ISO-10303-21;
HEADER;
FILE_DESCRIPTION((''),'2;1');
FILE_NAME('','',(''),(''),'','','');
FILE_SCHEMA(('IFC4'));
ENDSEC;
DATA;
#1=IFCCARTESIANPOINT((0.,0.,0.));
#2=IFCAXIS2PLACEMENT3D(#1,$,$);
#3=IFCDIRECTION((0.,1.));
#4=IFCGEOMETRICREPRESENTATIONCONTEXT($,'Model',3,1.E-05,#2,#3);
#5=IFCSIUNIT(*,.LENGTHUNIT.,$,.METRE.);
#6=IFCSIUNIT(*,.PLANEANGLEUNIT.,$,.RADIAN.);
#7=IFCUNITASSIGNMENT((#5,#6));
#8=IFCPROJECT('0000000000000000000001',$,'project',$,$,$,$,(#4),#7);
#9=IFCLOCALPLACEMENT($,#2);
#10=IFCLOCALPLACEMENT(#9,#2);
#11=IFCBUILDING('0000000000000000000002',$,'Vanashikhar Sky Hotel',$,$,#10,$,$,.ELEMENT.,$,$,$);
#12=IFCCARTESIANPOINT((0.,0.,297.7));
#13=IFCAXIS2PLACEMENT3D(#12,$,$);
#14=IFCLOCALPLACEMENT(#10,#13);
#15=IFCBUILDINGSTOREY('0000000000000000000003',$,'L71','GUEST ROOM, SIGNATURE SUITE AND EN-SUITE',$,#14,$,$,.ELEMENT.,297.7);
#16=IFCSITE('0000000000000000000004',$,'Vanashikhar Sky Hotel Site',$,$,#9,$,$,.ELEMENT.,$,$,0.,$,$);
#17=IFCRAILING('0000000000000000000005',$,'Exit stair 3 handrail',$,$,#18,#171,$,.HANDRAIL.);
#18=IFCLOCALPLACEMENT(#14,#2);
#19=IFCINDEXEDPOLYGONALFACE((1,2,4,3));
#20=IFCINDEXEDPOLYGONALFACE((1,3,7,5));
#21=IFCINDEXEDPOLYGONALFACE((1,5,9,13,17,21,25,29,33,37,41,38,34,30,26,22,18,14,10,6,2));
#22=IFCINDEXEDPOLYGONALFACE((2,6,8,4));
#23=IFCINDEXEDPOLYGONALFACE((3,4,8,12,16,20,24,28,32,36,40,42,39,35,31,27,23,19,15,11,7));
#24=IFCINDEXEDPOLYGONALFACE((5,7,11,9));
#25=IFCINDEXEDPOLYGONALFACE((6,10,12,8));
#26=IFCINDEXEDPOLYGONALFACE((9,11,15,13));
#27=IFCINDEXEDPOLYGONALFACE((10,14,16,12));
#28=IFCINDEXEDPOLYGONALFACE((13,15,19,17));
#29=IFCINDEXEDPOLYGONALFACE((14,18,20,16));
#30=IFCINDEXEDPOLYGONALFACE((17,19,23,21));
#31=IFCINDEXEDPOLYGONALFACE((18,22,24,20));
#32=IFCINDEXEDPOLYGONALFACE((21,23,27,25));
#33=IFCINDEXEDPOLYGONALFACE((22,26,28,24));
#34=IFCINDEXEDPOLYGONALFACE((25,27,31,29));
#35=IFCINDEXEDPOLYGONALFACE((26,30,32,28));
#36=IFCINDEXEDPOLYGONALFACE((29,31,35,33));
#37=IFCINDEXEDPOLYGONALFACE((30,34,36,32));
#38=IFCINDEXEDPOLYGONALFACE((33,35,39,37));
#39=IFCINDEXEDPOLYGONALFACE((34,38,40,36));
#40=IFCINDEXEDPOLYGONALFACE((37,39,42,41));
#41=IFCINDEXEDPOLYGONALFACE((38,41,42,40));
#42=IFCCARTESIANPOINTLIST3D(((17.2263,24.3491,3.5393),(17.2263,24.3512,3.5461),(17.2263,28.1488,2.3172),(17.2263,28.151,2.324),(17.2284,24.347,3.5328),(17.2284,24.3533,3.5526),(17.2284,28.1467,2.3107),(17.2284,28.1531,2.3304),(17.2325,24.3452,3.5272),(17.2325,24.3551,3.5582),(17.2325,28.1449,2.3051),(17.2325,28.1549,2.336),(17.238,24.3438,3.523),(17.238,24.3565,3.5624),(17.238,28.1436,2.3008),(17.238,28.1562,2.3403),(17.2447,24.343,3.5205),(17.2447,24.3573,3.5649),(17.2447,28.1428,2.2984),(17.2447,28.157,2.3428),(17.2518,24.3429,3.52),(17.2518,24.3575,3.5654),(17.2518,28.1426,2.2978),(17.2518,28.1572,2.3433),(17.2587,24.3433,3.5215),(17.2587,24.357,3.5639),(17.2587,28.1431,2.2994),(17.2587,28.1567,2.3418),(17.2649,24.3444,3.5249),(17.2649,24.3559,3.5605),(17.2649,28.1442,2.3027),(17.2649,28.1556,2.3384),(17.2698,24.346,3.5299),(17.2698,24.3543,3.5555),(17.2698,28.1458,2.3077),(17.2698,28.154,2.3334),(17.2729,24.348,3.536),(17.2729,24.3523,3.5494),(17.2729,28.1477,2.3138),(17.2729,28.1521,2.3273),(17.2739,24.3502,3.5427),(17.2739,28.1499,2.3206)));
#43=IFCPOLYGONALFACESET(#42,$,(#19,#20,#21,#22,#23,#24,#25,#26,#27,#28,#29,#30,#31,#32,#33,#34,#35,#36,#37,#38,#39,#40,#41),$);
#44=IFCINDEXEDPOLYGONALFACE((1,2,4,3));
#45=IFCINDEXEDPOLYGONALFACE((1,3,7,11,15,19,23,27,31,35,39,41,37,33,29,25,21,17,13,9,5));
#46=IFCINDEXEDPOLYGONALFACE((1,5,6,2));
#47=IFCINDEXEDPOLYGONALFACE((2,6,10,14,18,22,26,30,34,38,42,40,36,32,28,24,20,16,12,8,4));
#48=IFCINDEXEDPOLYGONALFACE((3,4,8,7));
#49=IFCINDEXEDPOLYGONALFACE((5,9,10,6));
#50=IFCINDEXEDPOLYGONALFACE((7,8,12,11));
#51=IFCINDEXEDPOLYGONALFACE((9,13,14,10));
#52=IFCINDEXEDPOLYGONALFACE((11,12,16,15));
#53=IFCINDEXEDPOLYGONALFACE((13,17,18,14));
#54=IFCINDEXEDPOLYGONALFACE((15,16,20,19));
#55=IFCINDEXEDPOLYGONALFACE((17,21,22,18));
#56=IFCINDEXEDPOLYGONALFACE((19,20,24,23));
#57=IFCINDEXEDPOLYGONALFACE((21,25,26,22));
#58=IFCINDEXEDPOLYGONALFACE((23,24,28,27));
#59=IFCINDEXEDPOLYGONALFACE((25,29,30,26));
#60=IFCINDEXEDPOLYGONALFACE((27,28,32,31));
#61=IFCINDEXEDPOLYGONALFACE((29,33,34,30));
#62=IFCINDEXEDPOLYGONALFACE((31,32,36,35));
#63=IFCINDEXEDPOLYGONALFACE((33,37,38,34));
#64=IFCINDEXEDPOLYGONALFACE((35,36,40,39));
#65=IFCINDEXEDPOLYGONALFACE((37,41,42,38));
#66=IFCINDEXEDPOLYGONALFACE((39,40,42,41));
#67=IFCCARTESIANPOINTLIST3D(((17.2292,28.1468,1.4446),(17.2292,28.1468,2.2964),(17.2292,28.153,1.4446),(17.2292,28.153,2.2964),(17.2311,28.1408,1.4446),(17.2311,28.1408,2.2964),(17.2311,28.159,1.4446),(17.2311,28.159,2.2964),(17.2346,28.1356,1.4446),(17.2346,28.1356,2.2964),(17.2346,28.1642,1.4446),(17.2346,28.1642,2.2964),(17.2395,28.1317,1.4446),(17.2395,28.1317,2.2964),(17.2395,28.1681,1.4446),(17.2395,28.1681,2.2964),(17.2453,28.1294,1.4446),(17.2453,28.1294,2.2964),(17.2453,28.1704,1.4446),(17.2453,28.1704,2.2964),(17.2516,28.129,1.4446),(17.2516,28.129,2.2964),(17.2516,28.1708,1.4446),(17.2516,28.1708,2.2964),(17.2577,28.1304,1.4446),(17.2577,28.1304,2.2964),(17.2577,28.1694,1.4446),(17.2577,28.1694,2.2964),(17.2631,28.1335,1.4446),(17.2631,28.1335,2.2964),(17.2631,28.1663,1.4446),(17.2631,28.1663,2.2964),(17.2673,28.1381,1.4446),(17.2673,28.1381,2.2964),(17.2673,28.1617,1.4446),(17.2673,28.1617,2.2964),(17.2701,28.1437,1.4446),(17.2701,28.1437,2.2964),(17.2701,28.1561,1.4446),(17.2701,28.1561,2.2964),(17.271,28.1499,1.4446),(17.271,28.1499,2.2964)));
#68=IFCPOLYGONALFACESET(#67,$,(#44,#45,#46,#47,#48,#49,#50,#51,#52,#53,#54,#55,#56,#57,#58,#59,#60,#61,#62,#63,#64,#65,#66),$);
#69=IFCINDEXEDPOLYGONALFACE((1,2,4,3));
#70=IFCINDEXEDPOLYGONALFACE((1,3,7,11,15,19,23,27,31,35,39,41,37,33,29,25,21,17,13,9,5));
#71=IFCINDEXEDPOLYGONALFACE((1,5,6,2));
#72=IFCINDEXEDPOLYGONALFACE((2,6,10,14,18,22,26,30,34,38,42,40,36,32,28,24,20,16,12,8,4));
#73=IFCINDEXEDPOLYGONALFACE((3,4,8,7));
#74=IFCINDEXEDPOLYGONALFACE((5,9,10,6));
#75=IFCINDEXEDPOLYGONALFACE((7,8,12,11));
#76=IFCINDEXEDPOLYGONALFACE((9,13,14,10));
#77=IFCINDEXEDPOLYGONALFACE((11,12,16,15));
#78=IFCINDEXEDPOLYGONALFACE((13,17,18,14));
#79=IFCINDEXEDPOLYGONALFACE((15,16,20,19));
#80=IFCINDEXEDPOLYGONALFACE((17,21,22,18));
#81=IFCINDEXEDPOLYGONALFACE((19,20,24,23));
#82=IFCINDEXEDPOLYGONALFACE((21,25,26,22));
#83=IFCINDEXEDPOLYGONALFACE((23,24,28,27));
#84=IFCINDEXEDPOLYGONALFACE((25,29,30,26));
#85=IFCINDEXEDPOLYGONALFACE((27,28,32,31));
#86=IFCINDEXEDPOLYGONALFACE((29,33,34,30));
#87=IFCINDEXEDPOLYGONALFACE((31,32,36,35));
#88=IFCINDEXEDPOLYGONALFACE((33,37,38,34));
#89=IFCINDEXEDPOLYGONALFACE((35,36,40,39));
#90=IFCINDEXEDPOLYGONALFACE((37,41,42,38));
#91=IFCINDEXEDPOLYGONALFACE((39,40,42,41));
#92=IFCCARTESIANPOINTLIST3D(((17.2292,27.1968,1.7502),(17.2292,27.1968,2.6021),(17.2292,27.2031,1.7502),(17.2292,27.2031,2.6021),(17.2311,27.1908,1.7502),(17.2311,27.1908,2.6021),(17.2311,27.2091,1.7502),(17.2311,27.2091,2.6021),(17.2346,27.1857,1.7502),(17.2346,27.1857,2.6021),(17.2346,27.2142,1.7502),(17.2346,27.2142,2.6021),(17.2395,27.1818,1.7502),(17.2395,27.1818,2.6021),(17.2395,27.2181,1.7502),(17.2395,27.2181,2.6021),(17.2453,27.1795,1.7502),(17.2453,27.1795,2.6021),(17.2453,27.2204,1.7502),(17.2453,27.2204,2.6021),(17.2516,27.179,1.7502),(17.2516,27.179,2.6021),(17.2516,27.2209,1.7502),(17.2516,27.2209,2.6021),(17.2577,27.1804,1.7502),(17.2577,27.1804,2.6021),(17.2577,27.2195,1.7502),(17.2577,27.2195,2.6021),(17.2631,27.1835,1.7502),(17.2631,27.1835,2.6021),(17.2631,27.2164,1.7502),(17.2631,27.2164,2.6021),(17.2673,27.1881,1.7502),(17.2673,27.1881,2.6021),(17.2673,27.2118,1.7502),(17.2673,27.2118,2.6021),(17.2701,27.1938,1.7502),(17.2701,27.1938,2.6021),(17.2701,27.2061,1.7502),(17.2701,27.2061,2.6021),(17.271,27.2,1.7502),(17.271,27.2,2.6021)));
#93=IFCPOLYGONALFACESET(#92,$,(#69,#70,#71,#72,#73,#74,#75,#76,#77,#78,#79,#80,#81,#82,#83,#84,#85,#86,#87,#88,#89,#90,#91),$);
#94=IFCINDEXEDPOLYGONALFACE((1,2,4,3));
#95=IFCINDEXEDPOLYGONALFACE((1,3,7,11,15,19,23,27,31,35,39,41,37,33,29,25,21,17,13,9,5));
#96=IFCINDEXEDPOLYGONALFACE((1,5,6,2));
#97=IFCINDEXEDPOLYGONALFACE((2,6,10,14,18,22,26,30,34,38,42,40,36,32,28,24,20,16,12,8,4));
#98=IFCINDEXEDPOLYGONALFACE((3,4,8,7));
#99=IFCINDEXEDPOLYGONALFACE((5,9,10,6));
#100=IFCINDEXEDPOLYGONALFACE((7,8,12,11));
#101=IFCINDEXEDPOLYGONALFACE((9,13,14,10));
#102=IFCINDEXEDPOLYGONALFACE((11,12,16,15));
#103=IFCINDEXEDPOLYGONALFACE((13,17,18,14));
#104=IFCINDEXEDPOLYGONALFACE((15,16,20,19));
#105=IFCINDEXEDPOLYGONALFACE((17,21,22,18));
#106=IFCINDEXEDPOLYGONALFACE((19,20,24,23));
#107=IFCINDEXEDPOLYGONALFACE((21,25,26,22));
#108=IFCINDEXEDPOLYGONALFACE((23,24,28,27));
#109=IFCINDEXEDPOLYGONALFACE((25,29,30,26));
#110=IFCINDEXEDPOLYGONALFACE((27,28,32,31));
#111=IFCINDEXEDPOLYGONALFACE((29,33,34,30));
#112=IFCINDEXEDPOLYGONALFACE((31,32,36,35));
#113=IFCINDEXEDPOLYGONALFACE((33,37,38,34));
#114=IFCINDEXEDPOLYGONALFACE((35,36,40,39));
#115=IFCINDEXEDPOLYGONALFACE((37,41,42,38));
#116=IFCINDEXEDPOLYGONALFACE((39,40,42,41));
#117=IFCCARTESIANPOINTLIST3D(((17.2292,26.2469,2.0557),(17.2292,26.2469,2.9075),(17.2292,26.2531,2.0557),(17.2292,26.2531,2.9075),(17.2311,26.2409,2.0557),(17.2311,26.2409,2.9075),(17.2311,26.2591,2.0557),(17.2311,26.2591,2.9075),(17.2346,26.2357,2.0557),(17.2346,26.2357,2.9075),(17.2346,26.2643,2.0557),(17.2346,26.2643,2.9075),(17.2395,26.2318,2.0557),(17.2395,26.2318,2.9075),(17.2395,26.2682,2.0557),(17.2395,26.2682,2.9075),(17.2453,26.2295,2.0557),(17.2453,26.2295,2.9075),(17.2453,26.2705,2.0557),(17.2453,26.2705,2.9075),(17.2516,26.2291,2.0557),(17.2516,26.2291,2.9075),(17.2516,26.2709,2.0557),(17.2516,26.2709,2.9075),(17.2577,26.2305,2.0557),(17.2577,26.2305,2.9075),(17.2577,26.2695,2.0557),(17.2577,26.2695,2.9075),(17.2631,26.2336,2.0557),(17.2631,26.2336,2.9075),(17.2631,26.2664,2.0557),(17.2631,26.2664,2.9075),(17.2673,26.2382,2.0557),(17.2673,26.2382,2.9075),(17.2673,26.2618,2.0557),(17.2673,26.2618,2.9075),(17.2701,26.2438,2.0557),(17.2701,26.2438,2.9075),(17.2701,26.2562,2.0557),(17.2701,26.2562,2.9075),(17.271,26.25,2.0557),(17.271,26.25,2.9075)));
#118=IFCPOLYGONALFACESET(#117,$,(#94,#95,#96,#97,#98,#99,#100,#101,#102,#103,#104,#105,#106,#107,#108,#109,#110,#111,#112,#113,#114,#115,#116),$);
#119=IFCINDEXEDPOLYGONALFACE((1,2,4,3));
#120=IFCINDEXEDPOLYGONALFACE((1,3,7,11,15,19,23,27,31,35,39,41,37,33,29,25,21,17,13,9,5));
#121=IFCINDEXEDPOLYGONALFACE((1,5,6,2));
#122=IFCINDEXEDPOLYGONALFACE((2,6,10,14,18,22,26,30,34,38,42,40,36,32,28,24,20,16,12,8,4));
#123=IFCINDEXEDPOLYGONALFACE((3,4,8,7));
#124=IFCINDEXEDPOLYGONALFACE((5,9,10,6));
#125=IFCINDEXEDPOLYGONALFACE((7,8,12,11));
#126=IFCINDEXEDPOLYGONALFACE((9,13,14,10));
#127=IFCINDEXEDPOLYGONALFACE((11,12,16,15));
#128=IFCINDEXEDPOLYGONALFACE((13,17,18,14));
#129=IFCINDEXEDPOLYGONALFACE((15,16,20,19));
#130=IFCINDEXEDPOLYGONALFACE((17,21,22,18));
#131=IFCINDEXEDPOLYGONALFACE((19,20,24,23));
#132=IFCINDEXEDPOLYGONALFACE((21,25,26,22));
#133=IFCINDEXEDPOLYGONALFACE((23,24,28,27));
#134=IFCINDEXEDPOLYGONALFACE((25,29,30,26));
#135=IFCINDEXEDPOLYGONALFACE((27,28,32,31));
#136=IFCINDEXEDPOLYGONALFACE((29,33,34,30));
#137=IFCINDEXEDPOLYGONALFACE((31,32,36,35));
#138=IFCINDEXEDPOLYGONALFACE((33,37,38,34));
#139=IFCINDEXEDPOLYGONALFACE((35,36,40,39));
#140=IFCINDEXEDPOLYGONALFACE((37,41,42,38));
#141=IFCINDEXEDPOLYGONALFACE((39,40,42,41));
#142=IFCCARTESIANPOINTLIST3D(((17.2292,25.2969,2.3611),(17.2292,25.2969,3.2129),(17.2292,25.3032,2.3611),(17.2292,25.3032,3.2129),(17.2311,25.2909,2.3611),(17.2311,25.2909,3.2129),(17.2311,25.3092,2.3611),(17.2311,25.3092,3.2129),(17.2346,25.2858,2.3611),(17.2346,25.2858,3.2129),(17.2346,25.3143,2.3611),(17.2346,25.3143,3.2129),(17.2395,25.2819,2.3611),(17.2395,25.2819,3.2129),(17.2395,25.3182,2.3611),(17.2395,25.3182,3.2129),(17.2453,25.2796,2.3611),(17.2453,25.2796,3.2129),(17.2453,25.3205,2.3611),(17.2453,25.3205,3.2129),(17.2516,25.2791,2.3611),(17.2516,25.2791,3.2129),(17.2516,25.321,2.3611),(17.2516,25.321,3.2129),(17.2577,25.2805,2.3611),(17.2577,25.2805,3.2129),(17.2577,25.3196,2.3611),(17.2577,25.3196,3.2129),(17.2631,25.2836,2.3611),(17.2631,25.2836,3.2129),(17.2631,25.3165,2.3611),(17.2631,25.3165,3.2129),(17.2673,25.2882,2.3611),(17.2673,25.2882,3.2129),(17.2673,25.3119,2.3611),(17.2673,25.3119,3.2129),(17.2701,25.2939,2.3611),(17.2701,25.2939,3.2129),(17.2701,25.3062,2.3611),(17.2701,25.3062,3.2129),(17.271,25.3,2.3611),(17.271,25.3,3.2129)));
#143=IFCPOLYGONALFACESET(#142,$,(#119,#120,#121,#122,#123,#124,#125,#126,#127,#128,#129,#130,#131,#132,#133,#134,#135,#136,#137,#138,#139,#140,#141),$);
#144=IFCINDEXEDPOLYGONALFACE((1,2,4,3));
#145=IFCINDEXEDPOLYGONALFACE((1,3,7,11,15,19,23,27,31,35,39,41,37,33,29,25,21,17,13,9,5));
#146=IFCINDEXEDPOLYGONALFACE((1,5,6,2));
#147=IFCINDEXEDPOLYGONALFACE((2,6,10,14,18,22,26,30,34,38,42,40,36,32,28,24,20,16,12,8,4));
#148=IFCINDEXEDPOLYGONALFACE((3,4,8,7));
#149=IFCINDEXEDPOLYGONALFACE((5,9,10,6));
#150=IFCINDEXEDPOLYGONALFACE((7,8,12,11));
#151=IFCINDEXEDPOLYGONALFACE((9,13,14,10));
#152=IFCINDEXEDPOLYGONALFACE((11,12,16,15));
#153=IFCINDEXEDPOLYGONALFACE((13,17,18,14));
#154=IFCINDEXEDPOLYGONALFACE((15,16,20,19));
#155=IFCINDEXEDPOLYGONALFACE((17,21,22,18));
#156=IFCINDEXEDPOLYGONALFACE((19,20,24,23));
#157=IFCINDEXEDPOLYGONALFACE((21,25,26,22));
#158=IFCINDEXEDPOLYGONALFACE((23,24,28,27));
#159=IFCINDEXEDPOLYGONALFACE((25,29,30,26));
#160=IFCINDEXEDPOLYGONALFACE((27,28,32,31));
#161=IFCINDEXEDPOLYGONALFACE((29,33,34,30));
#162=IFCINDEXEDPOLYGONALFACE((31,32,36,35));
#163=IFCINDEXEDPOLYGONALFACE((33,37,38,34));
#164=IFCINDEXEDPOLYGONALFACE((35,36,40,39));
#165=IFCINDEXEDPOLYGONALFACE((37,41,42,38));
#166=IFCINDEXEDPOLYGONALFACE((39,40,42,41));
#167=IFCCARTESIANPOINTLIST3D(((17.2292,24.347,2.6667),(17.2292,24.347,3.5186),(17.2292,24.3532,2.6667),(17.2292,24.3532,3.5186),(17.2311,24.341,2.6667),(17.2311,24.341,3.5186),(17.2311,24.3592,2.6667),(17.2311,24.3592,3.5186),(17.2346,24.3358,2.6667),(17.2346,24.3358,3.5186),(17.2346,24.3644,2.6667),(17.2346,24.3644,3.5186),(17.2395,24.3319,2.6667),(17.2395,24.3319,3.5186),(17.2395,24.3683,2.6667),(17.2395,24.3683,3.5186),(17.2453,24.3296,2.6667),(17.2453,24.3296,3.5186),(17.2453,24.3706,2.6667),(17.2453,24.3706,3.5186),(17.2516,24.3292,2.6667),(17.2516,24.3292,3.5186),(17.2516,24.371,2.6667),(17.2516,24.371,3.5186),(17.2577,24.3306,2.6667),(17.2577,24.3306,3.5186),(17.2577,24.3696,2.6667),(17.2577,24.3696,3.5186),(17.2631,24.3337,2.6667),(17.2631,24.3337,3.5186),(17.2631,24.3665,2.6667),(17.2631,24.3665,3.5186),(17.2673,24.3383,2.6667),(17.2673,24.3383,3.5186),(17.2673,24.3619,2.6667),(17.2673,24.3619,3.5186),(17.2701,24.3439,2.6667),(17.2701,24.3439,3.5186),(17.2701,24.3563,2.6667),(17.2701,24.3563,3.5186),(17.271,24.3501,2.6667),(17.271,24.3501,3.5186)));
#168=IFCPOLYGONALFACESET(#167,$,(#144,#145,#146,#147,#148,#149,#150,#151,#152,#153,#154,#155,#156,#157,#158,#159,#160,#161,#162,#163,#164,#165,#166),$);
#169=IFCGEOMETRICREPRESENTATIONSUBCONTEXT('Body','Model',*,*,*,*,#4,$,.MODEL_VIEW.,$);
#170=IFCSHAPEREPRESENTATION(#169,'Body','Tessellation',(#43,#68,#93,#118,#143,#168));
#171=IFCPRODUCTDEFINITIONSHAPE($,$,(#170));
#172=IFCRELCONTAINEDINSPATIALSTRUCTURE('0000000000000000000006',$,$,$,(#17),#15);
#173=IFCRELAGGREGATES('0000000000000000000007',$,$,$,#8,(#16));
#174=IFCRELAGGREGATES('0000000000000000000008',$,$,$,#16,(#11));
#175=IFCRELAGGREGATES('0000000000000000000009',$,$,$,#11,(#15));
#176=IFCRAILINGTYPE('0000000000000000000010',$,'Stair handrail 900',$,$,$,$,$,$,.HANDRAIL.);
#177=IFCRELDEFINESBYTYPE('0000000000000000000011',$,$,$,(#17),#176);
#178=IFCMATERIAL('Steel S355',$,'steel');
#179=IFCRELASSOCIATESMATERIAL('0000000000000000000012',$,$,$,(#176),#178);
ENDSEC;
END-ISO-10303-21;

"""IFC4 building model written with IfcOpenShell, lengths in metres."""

from ifc_helpers import new_model, si_unit, direction, frame, origin, origin_2d, place, context, subcontext, project, spatial, circle, extrude, source, transform, mapped, material, type_object, element, save


model = new_model("IFC4")

# Units and contexts
model_context = context("Model", 3, precision=1e-05, world=origin(), true_north=direction((0.0, 1.0)))
body_context = subcontext(model_context, "Body", "Model", "MODEL_VIEW")
ifc_project = project(units=[si_unit("LENGTHUNIT", "METRE"), si_unit("PLANEANGLEUNIT", "RADIAN")], contexts=[model_context])

# Site, building, storey
site_placement = place(None, origin())
site = spatial("IfcSite", under=ifc_project, at=site_placement, Name="Vanashikhar Sky Hotel Site", CompositionType="ELEMENT", RefElevation=0.0)
building_placement = place(site_placement, origin())
building = spatial("IfcBuilding", under=site, at=building_placement, Name="Vanashikhar Sky Hotel", CompositionType="ELEMENT")
storey_placement = place(building_placement, frame((0.0, 0.0, 297.7)))
storey = spatial("IfcBuildingStorey", under=building, at=storey_placement, Name="L71", Description="GUEST ROOM, SIGNATURE SUITE AND EN-SUITE", CompositionType="ELEMENT", Elevation=297.7)

# Railing
ifc_material_1 = material(Name="Steel S355", Category="steel")
railing_type_1 = type_object("IfcRailingType", Name="Stair handrail 900", PredefinedType="HANDRAIL", material=ifc_material_1)
shared_shape_1 = source(origin(), body_context, "Body", "SweptSolid", [
    extrude(circle(Radius=0.0239, at=origin_2d()), frame((0.0, 0.0, 0.876), z_axis=(0.0, -0.95197, 0.306191), x_axis=(1.0, 0.0, 0.0)), (0.0, 0.0, 1.0), 3.9915),
    extrude(circle(Radius=0.021, at=origin_2d()), origin(), (0.0, 0.0, 1.0), 0.8518),
    extrude(circle(Radius=0.021, at=origin_2d()), frame((0.0, -0.95, 0.3057)), (0.0, 0.0, 1.0), 0.8518),
    extrude(circle(Radius=0.021, at=origin_2d()), frame((0.0, -1.8999, 0.6111)), (0.0, 0.0, 1.0), 0.8518),
    extrude(circle(Radius=0.021, at=origin_2d()), frame((0.0, -2.8499, 0.9165)), (0.0, 0.0, 1.0), 0.8518),
    extrude(circle(Radius=0.021, at=origin_2d()), frame((0.0, -3.7998, 1.2222)), (0.0, 0.0, 1.0), 0.8518),
])
railing_1_placement = place(storey_placement, frame((17.25, 28.1499, 1.4446)))
element("IfcRailing", 1, at=railing_1_placement, inside=storey, type_object=railing_type_1, Name="Exit stair 3 handrail", PredefinedType="HANDRAIL", context=body_context, shape_type="MappedRepresentation", body=[
    mapped(shared_shape_1, transform((0.0, 0.0, 0.0), scale=1.0)),
])

save(model, "model.ifc")
